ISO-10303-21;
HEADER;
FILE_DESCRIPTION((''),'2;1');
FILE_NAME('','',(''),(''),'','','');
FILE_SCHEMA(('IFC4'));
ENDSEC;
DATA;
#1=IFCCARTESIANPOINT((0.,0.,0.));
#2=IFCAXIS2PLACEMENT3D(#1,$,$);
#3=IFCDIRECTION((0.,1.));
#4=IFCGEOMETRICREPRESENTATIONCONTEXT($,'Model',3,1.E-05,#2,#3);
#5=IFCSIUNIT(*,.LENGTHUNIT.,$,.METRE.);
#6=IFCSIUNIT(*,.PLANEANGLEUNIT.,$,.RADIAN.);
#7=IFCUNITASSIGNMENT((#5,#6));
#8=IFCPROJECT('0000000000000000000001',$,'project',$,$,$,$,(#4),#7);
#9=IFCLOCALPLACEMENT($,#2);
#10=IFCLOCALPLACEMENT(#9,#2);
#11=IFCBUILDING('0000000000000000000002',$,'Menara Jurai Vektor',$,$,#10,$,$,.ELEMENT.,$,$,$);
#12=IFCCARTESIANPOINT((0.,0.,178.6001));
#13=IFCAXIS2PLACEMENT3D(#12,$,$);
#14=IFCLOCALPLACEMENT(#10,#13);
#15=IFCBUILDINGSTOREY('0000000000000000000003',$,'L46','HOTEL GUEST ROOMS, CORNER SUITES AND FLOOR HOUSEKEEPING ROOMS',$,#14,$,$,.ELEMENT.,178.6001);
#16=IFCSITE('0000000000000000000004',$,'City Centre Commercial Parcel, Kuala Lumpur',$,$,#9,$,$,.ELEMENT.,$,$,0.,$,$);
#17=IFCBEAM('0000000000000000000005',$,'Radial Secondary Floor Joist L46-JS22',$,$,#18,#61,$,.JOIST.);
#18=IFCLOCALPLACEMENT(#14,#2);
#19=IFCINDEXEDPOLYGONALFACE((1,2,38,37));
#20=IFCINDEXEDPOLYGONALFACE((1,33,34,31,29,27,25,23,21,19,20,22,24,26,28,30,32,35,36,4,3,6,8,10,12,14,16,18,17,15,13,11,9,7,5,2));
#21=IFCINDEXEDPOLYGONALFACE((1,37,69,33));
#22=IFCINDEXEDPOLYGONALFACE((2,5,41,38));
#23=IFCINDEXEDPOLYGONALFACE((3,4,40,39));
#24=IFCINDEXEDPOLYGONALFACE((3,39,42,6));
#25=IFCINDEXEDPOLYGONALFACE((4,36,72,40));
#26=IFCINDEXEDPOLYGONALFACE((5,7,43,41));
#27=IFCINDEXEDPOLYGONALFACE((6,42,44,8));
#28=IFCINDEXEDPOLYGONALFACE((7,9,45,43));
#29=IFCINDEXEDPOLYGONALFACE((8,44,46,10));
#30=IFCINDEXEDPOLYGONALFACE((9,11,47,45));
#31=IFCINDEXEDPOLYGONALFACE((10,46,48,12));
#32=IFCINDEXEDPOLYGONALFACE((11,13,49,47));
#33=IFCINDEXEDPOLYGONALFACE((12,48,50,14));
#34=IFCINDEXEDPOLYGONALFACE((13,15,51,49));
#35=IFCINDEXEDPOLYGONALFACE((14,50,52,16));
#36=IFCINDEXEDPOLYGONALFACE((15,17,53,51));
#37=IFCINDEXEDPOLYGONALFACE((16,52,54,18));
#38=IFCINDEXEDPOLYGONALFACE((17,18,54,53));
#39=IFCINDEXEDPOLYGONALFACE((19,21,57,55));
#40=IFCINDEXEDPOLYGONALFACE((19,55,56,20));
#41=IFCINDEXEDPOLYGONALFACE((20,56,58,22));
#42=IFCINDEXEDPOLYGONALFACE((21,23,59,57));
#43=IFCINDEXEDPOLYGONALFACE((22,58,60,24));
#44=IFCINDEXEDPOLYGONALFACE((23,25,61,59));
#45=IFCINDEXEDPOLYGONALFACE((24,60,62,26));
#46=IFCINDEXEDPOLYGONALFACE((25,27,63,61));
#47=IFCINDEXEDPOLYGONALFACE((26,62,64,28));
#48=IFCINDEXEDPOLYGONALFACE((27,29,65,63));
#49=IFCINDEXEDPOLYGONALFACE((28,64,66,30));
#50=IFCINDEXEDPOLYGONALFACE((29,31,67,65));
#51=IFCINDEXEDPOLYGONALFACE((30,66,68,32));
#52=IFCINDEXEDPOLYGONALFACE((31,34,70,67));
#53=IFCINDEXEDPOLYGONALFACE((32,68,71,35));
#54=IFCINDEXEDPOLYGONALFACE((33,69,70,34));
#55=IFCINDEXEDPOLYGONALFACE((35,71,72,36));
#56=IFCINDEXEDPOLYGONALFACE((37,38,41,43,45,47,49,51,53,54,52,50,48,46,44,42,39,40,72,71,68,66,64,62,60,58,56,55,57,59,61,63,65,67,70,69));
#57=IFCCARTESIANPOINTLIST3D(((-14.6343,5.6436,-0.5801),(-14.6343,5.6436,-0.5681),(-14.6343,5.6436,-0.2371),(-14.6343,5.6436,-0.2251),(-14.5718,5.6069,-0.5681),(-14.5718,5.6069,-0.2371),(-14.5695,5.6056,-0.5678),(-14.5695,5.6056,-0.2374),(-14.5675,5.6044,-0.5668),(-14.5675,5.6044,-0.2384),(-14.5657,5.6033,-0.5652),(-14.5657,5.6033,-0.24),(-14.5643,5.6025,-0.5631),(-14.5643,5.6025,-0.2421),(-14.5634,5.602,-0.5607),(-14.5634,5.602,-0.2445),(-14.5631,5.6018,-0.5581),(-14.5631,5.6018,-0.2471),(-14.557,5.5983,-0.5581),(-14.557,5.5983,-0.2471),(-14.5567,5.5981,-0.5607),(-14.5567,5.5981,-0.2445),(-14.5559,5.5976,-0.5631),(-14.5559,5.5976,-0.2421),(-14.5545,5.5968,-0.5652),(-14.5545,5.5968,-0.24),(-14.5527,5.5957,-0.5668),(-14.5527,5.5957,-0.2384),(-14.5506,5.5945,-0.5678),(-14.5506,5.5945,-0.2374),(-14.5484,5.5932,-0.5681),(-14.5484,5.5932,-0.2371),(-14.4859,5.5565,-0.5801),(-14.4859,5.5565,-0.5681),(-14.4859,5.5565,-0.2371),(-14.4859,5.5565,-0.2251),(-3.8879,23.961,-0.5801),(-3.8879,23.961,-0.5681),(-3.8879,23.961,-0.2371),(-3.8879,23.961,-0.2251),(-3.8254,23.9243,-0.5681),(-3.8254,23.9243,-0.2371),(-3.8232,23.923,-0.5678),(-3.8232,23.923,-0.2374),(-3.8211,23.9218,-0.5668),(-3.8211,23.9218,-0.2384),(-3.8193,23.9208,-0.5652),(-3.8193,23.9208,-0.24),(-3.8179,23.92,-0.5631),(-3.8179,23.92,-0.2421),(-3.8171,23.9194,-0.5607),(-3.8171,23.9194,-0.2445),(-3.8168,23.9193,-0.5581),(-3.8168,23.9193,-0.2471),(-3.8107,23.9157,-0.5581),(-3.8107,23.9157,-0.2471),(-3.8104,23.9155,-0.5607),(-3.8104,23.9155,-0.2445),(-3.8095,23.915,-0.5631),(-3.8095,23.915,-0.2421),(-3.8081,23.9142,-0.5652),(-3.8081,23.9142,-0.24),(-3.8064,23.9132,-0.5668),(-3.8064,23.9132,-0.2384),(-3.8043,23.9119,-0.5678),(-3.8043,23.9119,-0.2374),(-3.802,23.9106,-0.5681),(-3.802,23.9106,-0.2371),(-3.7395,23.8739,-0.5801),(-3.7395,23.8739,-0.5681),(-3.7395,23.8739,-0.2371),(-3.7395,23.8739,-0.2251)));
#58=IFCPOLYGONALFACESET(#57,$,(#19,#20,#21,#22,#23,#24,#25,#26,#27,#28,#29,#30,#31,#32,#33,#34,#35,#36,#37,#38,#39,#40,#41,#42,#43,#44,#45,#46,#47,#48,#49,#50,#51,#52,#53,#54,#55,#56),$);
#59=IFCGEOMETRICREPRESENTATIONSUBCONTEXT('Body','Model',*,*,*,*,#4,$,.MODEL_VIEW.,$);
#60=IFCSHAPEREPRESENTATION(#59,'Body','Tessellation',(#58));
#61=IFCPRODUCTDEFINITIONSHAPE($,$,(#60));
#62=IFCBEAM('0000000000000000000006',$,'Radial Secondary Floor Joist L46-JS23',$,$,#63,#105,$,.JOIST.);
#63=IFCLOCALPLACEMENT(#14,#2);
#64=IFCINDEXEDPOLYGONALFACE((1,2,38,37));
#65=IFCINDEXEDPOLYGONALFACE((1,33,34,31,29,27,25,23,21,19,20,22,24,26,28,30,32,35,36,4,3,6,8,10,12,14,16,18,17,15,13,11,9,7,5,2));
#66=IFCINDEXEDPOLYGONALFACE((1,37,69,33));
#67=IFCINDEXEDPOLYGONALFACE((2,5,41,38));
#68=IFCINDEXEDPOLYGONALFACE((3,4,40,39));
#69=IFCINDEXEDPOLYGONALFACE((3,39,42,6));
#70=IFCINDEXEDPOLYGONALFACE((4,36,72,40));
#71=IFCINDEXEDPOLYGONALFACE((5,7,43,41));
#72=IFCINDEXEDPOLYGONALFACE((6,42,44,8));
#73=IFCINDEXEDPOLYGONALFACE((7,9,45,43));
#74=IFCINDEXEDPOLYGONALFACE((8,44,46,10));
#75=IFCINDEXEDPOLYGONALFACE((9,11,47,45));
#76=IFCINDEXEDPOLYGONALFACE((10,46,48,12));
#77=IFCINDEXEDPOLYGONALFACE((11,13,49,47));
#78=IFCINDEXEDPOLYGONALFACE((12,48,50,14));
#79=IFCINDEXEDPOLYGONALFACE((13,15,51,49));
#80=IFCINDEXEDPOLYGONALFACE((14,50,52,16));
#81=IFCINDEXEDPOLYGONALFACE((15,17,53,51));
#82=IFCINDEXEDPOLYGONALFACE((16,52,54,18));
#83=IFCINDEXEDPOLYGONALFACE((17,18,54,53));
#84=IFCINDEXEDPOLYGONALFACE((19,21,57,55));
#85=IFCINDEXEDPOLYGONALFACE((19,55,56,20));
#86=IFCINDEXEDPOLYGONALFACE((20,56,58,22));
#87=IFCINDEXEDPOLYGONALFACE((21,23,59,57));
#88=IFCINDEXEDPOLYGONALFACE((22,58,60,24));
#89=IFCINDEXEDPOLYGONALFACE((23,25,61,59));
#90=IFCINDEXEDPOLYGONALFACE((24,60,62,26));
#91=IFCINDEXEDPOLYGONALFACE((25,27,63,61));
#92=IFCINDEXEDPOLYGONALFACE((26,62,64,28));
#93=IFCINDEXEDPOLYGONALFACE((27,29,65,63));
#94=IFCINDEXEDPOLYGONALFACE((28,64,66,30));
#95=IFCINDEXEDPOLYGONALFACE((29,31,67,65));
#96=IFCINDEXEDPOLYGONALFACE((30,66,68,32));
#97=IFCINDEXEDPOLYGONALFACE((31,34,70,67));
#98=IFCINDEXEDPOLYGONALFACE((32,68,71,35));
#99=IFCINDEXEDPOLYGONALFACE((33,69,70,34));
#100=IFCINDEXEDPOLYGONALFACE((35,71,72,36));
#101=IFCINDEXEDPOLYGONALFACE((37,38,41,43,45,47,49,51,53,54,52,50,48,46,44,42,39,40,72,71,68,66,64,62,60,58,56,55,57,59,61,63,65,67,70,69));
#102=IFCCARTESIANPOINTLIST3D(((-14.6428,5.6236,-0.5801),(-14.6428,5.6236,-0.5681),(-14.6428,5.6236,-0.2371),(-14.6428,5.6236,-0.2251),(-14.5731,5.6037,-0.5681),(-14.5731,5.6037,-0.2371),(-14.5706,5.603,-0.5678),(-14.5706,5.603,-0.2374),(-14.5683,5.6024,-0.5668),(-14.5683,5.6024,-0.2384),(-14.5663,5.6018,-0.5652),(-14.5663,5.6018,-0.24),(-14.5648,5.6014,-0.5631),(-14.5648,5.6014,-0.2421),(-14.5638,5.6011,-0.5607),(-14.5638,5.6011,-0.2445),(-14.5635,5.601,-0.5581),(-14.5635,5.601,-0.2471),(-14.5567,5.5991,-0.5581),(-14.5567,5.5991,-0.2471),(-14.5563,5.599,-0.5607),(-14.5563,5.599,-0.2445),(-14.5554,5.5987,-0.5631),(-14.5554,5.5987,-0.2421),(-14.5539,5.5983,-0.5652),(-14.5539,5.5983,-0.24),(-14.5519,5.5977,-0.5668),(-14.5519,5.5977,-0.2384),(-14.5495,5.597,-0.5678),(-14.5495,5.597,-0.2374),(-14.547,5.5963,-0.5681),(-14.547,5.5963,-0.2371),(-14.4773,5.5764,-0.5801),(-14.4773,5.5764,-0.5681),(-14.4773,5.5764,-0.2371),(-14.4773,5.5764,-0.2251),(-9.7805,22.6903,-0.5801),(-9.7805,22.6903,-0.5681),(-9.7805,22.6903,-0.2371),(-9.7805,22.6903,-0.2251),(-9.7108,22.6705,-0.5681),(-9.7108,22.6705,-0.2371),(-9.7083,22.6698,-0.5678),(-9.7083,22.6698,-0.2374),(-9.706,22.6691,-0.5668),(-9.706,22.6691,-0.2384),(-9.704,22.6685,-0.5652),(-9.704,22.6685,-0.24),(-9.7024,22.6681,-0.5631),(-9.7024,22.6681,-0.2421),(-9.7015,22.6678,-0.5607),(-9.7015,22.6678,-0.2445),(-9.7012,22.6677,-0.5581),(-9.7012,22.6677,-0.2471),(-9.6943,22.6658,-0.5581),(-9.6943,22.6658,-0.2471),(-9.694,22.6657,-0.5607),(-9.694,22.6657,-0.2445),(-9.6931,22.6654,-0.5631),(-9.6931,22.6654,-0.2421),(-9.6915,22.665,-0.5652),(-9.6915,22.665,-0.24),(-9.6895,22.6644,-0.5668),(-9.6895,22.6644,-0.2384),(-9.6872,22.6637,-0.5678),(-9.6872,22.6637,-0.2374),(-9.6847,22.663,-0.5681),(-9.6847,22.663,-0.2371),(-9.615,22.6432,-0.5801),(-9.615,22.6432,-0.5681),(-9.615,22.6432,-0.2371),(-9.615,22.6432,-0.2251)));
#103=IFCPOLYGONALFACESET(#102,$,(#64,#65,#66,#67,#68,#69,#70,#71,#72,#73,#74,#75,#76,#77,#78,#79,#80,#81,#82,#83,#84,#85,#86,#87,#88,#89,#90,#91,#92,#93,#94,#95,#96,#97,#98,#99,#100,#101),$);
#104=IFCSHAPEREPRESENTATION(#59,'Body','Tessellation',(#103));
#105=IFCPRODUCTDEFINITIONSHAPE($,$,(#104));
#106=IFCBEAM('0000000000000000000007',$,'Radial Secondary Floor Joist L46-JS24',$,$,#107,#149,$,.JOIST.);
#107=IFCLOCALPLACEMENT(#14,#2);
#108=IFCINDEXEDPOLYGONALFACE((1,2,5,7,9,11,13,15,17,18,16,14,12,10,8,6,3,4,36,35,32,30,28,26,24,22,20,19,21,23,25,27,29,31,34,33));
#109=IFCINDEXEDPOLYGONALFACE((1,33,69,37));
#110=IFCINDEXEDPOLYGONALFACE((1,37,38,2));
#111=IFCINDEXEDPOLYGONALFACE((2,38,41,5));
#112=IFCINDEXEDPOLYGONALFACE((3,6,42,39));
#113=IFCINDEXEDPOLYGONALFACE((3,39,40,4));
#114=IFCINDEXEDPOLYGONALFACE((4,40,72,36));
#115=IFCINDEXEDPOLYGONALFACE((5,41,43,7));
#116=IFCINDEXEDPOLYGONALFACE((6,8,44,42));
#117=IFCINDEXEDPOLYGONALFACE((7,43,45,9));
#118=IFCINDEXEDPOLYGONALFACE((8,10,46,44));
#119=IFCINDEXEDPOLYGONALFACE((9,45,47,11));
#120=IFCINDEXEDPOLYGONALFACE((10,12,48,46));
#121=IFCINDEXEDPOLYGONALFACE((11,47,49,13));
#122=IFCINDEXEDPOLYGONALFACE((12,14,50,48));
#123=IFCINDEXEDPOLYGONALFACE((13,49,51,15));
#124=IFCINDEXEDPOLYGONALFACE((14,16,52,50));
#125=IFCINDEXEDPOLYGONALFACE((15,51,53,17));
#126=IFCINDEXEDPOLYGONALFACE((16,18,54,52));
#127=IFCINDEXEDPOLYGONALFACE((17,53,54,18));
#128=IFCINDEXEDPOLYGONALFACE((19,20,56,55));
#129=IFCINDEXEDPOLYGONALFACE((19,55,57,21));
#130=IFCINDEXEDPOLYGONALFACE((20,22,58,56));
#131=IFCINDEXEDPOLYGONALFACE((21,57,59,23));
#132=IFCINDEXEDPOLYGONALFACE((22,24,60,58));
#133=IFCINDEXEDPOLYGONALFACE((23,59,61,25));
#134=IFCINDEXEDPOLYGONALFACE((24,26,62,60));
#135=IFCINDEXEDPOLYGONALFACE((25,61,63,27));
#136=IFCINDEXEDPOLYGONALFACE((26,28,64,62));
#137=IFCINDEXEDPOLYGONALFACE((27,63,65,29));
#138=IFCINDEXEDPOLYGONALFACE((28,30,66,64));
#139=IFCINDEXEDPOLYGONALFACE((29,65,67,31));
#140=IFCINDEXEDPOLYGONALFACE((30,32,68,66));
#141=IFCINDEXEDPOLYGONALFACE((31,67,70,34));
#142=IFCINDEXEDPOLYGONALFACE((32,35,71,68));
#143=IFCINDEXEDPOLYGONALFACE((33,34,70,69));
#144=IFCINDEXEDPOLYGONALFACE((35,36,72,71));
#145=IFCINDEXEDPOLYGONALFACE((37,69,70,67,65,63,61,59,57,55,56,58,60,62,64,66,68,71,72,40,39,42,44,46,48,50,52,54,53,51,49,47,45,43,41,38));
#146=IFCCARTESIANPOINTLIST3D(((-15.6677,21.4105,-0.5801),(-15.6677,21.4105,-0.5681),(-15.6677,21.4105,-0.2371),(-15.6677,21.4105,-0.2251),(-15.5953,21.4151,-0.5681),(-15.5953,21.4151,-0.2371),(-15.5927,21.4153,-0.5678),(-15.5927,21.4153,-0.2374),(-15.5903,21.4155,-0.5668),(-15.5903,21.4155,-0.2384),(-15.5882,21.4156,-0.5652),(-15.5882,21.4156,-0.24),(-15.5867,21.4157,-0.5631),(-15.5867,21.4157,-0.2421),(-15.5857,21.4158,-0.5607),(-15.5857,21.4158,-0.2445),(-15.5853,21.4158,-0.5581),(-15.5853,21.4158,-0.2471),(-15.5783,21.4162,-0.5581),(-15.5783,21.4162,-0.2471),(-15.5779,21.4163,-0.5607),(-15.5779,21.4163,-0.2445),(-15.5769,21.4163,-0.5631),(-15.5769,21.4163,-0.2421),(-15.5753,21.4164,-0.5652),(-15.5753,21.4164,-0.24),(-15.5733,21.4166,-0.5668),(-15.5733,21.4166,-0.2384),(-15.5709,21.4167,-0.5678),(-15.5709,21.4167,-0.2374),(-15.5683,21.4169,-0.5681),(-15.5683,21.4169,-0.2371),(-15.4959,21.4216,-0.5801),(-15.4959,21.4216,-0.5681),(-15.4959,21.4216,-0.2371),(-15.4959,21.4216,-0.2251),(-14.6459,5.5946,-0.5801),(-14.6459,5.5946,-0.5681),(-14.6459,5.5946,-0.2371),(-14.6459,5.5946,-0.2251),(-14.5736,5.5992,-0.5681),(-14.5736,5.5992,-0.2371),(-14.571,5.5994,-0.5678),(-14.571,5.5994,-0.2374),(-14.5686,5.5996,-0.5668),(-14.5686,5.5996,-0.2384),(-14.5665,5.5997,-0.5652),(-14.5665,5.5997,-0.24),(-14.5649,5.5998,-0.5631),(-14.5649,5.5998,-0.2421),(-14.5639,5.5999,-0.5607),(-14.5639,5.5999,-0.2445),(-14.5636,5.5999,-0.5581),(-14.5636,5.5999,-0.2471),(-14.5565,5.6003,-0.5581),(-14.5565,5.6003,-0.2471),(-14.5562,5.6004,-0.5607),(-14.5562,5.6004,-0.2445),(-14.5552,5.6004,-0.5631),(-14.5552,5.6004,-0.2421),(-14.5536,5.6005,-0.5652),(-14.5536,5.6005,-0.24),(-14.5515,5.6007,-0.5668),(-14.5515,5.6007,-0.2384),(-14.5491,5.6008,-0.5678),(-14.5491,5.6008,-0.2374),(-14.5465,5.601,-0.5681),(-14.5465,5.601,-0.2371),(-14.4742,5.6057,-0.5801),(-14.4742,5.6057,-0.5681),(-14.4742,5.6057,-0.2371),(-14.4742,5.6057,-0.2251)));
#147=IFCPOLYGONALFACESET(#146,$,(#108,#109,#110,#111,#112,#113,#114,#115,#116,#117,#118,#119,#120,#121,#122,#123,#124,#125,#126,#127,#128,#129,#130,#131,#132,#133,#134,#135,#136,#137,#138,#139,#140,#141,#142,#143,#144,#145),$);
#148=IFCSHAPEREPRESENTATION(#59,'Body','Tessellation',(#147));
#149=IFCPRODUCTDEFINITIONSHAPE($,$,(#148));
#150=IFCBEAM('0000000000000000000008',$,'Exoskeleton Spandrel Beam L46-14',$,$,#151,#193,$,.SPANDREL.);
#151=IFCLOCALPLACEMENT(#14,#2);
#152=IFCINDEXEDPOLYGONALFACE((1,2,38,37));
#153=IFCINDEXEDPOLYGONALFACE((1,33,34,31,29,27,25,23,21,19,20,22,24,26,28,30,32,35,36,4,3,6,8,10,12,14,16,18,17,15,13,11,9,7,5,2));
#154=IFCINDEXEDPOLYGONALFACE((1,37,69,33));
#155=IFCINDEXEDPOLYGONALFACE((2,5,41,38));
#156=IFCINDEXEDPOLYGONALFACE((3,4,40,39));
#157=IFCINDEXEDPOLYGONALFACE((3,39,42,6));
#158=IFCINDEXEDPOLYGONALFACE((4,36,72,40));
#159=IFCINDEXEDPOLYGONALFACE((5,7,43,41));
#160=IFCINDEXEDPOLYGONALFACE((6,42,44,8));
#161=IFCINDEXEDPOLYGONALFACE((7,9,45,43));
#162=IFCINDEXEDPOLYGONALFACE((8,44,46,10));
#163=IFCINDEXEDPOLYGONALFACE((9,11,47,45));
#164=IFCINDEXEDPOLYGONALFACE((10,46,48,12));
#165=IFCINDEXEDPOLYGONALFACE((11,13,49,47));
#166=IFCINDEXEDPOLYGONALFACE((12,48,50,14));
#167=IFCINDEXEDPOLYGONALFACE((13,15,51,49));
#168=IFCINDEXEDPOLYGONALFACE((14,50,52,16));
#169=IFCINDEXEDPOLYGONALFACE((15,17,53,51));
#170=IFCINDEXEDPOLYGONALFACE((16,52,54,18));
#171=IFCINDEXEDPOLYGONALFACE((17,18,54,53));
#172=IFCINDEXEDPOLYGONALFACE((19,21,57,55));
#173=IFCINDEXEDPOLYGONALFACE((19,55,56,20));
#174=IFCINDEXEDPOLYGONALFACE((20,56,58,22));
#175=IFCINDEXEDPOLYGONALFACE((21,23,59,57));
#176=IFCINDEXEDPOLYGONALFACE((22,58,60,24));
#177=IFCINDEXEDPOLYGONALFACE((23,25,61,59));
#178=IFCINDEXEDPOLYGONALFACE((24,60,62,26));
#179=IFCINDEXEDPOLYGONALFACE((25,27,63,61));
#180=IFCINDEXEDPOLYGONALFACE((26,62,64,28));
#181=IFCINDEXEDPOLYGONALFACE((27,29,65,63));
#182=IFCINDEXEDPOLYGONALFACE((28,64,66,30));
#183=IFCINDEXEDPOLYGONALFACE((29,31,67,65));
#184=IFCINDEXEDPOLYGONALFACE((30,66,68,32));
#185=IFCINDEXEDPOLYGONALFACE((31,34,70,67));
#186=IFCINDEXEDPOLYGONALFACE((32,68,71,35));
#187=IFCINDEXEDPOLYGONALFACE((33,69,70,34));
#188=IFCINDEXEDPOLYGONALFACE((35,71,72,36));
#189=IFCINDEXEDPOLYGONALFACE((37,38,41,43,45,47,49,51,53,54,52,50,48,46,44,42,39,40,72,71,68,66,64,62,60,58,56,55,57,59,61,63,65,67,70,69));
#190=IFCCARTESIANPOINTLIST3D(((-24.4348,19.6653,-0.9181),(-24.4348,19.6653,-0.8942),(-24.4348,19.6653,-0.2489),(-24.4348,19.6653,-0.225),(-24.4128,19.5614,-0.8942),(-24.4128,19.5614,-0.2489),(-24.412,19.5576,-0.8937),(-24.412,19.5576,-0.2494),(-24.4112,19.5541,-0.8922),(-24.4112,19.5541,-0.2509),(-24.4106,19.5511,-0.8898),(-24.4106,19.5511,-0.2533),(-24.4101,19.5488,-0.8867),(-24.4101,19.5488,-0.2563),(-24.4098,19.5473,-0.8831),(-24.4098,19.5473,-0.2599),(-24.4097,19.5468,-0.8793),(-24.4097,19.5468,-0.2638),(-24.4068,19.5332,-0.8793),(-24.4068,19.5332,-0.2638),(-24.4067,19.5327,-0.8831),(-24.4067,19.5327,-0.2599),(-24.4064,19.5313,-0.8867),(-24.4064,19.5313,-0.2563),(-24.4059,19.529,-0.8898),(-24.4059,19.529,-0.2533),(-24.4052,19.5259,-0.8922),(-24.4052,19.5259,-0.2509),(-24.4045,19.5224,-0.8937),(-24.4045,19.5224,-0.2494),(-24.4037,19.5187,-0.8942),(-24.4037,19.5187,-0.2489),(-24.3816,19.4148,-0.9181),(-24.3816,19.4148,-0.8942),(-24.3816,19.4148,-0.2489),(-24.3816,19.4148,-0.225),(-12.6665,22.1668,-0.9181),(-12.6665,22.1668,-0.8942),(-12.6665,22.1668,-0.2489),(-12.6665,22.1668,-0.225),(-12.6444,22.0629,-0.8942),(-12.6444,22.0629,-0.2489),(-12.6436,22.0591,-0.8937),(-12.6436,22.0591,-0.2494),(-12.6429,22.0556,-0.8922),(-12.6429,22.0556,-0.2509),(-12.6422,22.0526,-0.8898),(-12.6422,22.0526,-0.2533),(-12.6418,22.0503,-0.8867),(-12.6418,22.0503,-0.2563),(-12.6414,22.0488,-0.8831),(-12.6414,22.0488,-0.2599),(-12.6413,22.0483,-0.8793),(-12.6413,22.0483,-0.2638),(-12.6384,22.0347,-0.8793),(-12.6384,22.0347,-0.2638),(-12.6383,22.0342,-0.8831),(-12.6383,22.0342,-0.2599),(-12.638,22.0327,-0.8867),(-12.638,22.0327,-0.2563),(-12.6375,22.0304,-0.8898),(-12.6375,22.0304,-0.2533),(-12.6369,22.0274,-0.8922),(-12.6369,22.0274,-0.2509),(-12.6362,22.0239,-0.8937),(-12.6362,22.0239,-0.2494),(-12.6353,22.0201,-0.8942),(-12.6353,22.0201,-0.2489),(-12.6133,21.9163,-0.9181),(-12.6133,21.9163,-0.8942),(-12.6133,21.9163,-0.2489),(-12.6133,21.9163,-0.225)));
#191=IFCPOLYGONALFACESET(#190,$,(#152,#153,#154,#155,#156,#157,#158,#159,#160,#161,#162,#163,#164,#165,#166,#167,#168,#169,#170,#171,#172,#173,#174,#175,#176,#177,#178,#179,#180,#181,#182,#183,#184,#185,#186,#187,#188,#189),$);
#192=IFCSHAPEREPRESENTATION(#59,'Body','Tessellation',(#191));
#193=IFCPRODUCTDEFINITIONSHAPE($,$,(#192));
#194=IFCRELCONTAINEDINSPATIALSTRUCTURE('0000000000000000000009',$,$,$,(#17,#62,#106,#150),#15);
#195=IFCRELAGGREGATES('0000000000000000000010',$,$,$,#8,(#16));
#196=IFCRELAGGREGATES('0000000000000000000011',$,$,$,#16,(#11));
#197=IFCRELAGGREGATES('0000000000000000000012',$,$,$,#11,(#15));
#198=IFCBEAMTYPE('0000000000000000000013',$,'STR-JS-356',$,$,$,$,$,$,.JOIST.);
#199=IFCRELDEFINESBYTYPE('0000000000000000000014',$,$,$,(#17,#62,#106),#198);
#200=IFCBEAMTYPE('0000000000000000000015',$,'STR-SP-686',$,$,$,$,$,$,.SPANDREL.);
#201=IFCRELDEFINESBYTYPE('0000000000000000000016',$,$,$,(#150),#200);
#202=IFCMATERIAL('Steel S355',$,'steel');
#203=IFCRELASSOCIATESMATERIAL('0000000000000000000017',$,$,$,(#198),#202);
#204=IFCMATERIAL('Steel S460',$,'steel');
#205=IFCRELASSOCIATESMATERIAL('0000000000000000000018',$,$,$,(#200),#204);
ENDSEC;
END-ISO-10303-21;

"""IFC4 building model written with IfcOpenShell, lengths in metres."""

from ifc_helpers import new_model, si_unit, direction, frame, origin, origin_2d, place, context, subcontext, project, spatial, i_section, extrude, material, material_profile, profile_set, type_object, element, save


model = new_model("IFC4")

# Units and contexts
model_context = context("Model", 3, precision=1e-05, world=origin(), true_north=direction((0.0, 1.0)))
body_context = subcontext(model_context, "Body", "Model", "MODEL_VIEW")
ifc_project = project(units=[si_unit("LENGTHUNIT", "METRE"), si_unit("PLANEANGLEUNIT", "RADIAN")], contexts=[model_context])

# Site, building, storey
site_placement = place(None, origin())
site = spatial("IfcSite", under=ifc_project, at=site_placement, Name="City Centre Commercial Parcel, Kuala Lumpur", CompositionType="ELEMENT", RefElevation=0.0)
building_placement = place(site_placement, origin())
building = spatial("IfcBuilding", under=site, at=building_placement, Name="Menara Jurai Vektor", CompositionType="ELEMENT")
storey_placement = place(building_placement, frame((0.0, 0.0, 178.6001)))
storey = spatial("IfcBuildingStorey", under=building, at=storey_placement, Name="L46", Description="HOTEL GUEST ROOMS, CORNER SUITES AND FLOOR HOUSEKEEPING ROOMS", CompositionType="ELEMENT", Elevation=178.6001)

# Shared definitions
ifc_material_1 = material(Name="Steel S460", Category="steel")

# Beams
ifc_material_2 = material(Name="Steel S355", Category="steel")
ifc_material_profile_1 = material_profile(ifc_material_2, i_section(OverallWidth=0.1721, OverallDepth=0.355, WebThickness=0.0071, FlangeThickness=0.012, FilletRadius=0.01, at=origin_2d()), Name="UKB 356x171x51")
ifc_profile_set_1 = profile_set([ifc_material_profile_1], Name="Steel S355")
beam_type_1 = type_object("IfcBeamType", Name="STR-JS-356", PredefinedType="JOIST", material=ifc_profile_set_1)
beam_1_placement = place(storey_placement, frame((-3.8137, 23.9175, -0.4026), z_axis=(-0.50602, -0.862522, 0.0), x_axis=(0.862522, -0.50602, 0.0)))
element("IfcBeam", 1, at=beam_1_placement, inside=storey, type_object=beam_type_1, Name="Radial Secondary Floor Joist L46-JS22", PredefinedType="JOIST", context=body_context, shape_type="SweptSolid", body=[
    extrude(i_section(OverallWidth=0.1721, OverallDepth=0.355, WebThickness=0.0071, FlangeThickness=0.012, FilletRadius=0.01, at=origin_2d()), origin(), (0.0, 0.0, 1.0), 21.2371),
])
beam_2_placement = place(storey_placement, frame((-9.6978, 22.6667, -0.4026), z_axis=(-0.273998, -0.96173, 0.0), x_axis=(0.96173, -0.273998, 0.0)))
element("IfcBeam", 2, at=beam_2_placement, inside=storey, type_object=beam_type_1, Name="Radial Secondary Floor Joist L46-JS23", PredefinedType="JOIST", context=body_context, shape_type="SweptSolid", body=[
    extrude(i_section(OverallWidth=0.1721, OverallDepth=0.355, WebThickness=0.0071, FlangeThickness=0.012, FilletRadius=0.01, at=origin_2d()), origin(), (0.0, 0.0, 1.0), 17.7458),
])
beam_3_placement = place(storey_placement, frame((-15.5818, 21.416, -0.4026), z_axis=(0.064467, -0.99792, 0.0), x_axis=(0.99792, 0.064467, 0.0)))
element("IfcBeam", 3, at=beam_3_placement, inside=storey, type_object=beam_type_1, Name="Radial Secondary Floor Joist L46-JS24", PredefinedType="JOIST", context=body_context, shape_type="SweptSolid", body=[
    extrude(i_section(OverallWidth=0.1721, OverallDepth=0.355, WebThickness=0.0071, FlangeThickness=0.012, FilletRadius=0.01, at=origin_2d()), origin(), (0.0, 0.0, 1.0), 15.8489),
])
ifc_material_profile_2 = material_profile(ifc_material_1, i_section(OverallWidth=0.2561, OverallDepth=0.6931, WebThickness=0.0139, FlangeThickness=0.0239, FilletRadius=0.0149, at=origin_2d()), Name="UKB 686x254x170")
ifc_profile_set_2 = profile_set([ifc_material_profile_2], Name="Steel S460")
beam_type_2 = type_object("IfcBeamType", Name="STR-SP-686", PredefinedType="SPANDREL", material=ifc_profile_set_2)
beam_4_placement = place(storey_placement, frame((-12.6399, 22.0415, -0.5715), z_axis=(-0.978147, -0.207914, 0.0), x_axis=(0.207914, -0.978147, 0.0)))
element("IfcBeam", 4, at=beam_4_placement, inside=storey, type_object=beam_type_2, Name="Exoskeleton Spandrel Beam L46-14", PredefinedType="SPANDREL", context=body_context, shape_type="SweptSolid", body=[
    extrude(i_section(OverallWidth=0.2561, OverallDepth=0.6931, WebThickness=0.0139, FlangeThickness=0.0239, FilletRadius=0.0149, at=origin_2d()), origin(), (0.0, 0.0, 1.0), 12.0312),
])

save(model, "model.ifc")
